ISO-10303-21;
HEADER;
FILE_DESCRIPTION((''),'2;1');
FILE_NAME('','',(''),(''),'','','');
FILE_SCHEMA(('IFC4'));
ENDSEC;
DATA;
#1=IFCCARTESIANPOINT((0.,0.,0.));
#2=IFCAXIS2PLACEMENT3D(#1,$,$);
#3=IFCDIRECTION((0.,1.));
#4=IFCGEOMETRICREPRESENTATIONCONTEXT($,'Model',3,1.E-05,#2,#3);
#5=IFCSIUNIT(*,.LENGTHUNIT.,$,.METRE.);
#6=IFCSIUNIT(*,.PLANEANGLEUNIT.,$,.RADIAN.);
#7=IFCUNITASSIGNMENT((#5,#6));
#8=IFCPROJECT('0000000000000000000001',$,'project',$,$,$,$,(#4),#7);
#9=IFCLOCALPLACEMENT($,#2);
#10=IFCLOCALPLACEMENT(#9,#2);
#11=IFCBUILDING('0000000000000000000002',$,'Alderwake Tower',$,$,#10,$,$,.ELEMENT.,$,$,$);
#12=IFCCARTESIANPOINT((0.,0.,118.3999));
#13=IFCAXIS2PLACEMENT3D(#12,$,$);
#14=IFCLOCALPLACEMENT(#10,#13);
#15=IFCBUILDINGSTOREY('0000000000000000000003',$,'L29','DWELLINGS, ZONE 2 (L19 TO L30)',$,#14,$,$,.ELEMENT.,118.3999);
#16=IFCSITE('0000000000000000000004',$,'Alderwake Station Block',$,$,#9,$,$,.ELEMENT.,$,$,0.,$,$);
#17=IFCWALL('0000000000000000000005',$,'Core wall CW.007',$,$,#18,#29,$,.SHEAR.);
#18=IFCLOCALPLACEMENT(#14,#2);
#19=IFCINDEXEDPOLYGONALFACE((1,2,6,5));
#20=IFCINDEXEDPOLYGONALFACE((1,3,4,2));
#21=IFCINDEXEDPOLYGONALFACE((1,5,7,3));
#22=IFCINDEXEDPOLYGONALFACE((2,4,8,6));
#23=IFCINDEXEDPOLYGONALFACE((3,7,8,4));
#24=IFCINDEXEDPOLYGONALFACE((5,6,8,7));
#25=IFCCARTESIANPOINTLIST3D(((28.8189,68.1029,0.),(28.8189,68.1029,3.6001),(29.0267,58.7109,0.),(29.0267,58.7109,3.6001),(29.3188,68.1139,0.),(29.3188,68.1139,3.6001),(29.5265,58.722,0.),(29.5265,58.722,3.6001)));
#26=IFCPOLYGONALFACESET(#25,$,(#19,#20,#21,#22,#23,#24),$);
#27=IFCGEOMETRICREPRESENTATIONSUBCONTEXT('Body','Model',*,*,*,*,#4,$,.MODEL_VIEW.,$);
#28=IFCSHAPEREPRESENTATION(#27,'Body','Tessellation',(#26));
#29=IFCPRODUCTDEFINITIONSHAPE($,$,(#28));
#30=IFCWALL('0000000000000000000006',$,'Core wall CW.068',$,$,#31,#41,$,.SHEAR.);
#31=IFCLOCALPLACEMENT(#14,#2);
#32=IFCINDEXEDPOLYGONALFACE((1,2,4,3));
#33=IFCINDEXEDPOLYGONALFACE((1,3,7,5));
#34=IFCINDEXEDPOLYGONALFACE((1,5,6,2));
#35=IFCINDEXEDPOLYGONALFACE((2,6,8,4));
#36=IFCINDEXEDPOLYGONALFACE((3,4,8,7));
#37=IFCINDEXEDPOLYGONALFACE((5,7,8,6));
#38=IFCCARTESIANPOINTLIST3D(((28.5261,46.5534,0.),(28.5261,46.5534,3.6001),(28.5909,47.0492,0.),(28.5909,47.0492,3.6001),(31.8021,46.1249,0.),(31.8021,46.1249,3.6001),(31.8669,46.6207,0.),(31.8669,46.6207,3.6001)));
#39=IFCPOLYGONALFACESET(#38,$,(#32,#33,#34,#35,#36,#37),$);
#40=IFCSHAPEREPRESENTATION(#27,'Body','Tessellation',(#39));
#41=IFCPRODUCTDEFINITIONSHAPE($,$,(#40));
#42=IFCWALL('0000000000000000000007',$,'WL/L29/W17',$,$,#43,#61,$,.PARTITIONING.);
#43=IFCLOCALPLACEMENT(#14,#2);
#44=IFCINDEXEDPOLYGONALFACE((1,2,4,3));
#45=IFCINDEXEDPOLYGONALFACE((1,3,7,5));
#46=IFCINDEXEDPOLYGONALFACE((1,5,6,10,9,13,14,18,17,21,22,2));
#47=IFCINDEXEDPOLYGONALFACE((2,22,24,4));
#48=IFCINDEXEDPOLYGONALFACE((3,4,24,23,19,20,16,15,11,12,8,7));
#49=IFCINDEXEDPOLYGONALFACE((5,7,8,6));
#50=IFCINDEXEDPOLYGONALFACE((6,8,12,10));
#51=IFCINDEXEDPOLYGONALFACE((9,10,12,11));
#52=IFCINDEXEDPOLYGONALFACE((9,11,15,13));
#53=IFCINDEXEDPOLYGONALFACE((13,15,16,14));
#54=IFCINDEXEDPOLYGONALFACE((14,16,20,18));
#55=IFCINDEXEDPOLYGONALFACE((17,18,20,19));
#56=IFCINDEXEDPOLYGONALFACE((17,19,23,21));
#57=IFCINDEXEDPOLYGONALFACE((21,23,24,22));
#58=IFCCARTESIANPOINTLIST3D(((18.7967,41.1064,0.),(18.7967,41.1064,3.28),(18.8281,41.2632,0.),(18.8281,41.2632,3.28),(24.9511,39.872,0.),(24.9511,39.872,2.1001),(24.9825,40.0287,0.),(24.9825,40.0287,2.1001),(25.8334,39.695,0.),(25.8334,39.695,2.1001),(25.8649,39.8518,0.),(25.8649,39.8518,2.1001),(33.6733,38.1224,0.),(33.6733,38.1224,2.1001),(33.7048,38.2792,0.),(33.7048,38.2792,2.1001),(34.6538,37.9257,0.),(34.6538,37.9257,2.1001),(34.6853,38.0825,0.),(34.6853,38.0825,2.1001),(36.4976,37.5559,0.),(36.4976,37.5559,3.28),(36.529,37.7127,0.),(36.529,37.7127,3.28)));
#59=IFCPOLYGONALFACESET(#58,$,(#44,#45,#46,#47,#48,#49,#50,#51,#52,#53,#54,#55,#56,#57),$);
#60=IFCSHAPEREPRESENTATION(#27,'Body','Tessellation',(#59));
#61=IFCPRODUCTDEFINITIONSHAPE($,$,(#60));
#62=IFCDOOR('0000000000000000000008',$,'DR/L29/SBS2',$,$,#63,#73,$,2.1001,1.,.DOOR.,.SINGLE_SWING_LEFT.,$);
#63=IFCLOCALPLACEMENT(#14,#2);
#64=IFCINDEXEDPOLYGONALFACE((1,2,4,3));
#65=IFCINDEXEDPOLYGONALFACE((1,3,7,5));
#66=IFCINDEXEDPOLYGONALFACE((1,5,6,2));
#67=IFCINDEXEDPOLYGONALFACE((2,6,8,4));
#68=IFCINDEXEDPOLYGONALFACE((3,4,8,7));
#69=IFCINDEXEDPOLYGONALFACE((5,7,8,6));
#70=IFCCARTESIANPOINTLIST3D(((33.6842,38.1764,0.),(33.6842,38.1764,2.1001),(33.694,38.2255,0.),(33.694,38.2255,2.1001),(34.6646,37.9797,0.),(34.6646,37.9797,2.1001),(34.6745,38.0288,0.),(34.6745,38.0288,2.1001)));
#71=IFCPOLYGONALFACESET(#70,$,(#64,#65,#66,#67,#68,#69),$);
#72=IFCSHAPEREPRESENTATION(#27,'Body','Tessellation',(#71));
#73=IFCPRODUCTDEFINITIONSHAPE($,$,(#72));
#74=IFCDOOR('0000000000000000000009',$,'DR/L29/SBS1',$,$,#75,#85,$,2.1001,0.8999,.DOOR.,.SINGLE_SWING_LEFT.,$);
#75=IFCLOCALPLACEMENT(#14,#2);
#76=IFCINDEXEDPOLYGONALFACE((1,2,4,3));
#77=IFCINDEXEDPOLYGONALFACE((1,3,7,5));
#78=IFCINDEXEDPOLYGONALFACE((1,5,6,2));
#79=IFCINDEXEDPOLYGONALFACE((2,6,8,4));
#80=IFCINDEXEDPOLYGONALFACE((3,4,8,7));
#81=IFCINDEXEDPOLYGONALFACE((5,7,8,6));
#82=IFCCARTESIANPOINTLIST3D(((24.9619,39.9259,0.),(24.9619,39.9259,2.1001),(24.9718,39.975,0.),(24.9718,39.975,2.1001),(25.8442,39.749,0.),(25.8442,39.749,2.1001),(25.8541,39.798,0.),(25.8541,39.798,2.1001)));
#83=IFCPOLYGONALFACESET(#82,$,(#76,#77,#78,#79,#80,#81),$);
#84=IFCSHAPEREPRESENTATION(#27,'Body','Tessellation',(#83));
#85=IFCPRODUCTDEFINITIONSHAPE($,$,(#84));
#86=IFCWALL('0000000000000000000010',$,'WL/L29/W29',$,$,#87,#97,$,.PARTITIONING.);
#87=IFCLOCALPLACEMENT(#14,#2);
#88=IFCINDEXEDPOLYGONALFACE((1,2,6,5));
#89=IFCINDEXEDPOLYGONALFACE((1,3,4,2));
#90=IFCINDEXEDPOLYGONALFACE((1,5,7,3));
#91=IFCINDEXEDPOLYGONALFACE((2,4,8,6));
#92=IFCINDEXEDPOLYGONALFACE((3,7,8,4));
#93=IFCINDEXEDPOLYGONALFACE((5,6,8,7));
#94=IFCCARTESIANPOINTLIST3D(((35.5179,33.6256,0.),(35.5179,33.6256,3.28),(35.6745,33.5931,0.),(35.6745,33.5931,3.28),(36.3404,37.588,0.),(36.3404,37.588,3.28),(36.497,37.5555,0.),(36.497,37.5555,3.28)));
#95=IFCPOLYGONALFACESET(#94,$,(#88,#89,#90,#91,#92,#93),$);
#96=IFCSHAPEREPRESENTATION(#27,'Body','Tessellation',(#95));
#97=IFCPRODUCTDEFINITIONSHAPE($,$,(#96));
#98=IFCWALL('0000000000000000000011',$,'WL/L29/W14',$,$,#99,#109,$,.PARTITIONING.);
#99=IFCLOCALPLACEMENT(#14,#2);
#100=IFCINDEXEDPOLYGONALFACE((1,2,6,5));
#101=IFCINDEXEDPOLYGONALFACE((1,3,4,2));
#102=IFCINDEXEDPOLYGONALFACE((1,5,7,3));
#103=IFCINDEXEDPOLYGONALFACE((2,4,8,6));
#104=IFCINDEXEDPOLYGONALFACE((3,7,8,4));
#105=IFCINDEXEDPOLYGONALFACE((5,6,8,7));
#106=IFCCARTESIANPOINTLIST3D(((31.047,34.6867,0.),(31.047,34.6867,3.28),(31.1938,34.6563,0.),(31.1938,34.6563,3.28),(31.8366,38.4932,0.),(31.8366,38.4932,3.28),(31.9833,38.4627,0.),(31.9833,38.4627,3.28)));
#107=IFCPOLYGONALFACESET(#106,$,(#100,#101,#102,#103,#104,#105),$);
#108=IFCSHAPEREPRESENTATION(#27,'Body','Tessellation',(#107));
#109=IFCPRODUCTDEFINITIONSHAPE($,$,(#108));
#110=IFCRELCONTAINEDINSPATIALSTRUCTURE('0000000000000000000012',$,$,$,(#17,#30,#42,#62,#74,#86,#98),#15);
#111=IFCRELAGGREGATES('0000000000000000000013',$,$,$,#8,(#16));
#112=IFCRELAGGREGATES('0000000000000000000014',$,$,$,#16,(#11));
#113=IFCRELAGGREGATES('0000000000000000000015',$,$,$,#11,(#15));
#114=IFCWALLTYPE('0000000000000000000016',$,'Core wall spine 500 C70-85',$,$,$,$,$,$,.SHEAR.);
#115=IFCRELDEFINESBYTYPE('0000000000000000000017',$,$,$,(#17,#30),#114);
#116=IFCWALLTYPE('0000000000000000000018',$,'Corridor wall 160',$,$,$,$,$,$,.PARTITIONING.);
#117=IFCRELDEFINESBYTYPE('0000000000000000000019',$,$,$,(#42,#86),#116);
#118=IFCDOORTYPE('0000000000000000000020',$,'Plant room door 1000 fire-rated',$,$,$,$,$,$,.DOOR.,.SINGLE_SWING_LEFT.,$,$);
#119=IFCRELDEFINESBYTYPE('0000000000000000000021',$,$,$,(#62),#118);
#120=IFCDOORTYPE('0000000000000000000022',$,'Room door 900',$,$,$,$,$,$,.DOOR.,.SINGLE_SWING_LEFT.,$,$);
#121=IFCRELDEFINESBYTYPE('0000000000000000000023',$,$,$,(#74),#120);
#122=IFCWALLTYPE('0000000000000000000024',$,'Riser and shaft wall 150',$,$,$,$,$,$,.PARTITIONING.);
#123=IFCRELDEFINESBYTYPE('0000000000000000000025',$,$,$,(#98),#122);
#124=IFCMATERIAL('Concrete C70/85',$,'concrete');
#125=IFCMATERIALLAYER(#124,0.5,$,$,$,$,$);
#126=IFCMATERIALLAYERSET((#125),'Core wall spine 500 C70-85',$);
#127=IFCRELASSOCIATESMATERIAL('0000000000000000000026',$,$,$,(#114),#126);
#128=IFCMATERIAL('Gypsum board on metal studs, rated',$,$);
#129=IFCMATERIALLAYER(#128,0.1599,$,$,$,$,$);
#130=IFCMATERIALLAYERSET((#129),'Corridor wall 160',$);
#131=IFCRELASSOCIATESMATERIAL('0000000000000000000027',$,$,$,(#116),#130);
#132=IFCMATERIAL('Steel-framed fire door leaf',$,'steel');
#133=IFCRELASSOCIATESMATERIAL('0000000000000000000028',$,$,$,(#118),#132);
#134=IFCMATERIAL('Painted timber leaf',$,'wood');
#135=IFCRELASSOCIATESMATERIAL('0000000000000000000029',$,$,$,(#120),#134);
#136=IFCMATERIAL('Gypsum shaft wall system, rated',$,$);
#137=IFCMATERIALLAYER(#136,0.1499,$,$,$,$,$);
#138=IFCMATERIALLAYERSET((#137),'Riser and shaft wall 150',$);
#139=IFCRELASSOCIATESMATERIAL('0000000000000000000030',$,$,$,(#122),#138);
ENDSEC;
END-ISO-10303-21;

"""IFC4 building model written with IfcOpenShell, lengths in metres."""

from ifc_helpers import new_model, si_unit, direction, frame, frame_2d, origin, place, context, subcontext, project, spatial, rectangle, extrude, material, layer, layer_set, type_object, element, fill, save


model = new_model("IFC4")

# Units and contexts
model_context = context("Model", 3, precision=1e-05, world=origin(), true_north=direction((0.0, 1.0)))
body_context = subcontext(model_context, "Body", "Model", "MODEL_VIEW")
ifc_project = project(units=[si_unit("LENGTHUNIT", "METRE"), si_unit("PLANEANGLEUNIT", "RADIAN")], contexts=[model_context])

# Site, building, storey
site_placement = place(None, origin())
site = spatial("IfcSite", under=ifc_project, at=site_placement, Name="Alderwake Station Block", CompositionType="ELEMENT", RefElevation=0.0)
building_placement = place(site_placement, origin())
building = spatial("IfcBuilding", under=site, at=building_placement, Name="Alderwake Tower", CompositionType="ELEMENT")
storey_placement = place(building_placement, frame((0.0, 0.0, 118.3999)))
storey = spatial("IfcBuildingStorey", under=building, at=storey_placement, Name="L29", Description="DWELLINGS, ZONE 2 (L19 TO L30)", CompositionType="ELEMENT", Elevation=118.3999)

# Shared definitions
ifc_material_1 = material(Name="Concrete C70/85", Category="concrete")
ifc_layer_1 = layer(ifc_material_1, 0.5)
ifc_layer_set_1 = layer_set([ifc_layer_1], Name="Core wall spine 500 C70-85")
wall_type_1 = type_object("IfcWallType", Name="Core wall spine 500 C70-85", PredefinedType="SHEAR", material=ifc_layer_set_1)

# Walls
wall_1_placement = place(storey_placement, frame((29.2766, 58.7163, 0.0), z_axis=(0.0, 0.0, 1.0), x_axis=(-0.022116, 0.999755, 0.0)))
element("IfcWall", 1, at=wall_1_placement, inside=storey, type_object=wall_type_1, Name="Core wall CW.007", PredefinedType="SHEAR", context=body_context, shape_type="SweptSolid", body=[
    extrude(rectangle(XDim=9.3943, YDim=0.5, at=frame_2d((4.6973, 0.0))), origin(), (0.0, 0.0, 1.0), 3.6001),
])
wall_2_placement = place(storey_placement, frame((28.5586, 46.8013, 0.0), z_axis=(0.0, 0.0, 1.0), x_axis=(0.991556, -0.12968, 0.0)))
element("IfcWall", 2, at=wall_2_placement, inside=storey, type_object=wall_type_1, Name="Core wall CW.068", PredefinedType="SHEAR", context=body_context, shape_type="SweptSolid", body=[
    extrude(rectangle(XDim=3.304, YDim=0.5, at=frame_2d((1.6519, 0.0))), origin(), (0.0, 0.0, 1.0), 3.6001),
])

# Wall, openings, doors
ifc_material_2 = material(Name="Gypsum board on metal studs, rated")
ifc_layer_2 = layer(ifc_material_2, 0.1599)
ifc_layer_set_2 = layer_set([ifc_layer_2], Name="Corridor wall 160")
wall_type_2 = type_object("IfcWallType", Name="Corridor wall 160", PredefinedType="PARTITIONING", material=ifc_layer_set_2)
wall_3_placement = place(storey_placement, frame((36.5134, 37.6343, 0.0), z_axis=(0.0, 0.0, 1.0), x_axis=(-0.98047, 0.196667, 0.0)))
wall_3 = element("IfcWall", 3, at=wall_3_placement, inside=storey, type_object=wall_type_2, Name="WL/L29/W17", PredefinedType="PARTITIONING", context=body_context, shape_type="SweptSolid", body=[
    extrude(rectangle(XDim=18.0535, YDim=0.1599, at=frame_2d((9.0269, 0.0))), origin(), (0.0, 0.0, 1.0), 3.28),
])
opening_1_placement = place(wall_3_placement, frame((10.8767, 0.0, 0.0)))
opening_1 = element("IfcOpeningElement", 4, at=opening_1_placement, cuts=wall_3, PredefinedType="OPENING", context=body_context, shape_type="SweptSolid", body=[
    extrude(rectangle(XDim=0.8999, YDim=2.1001, at=frame_2d((0.45, 1.05))), frame((0.0, 0.0898, 0.0), z_axis=(0.0, -1.0, 0.0), x_axis=(1.0, 0.0, 0.0)), (0.0, 0.0, 1.0), 0.1799),
])
opening_2_placement = place(wall_3_placement, frame((1.8806, 0.0, 0.0)))
opening_2 = element("IfcOpeningElement", 5, at=opening_2_placement, cuts=wall_3, PredefinedType="OPENING", context=body_context, shape_type="SweptSolid", body=[
    extrude(rectangle(XDim=1.0, YDim=2.1001, at=frame_2d((0.5, 1.05))), frame((0.0, 0.0898, 0.0), z_axis=(0.0, -1.0, 0.0), x_axis=(1.0, 0.0, 0.0)), (0.0, 0.0, 1.0), 0.1799),
])
ifc_material_3 = material(Name="Steel-framed fire door leaf", Category="steel")
door_type_1 = type_object("IfcDoorType", Name="Plant room door 1000 fire-rated", OperationType="SINGLE_SWING_LEFT", PredefinedType="DOOR", material=ifc_material_3)
door_1_placement = place(opening_2_placement, origin())
door_1 = element("IfcDoor", 6, at=door_1_placement, inside=storey, type_object=door_type_1, Name="DR/L29/SBS2", OperationType="SINGLE_SWING_LEFT", OverallHeight=2.1001, OverallWidth=1.0, PredefinedType="DOOR", context=body_context, shape_type="SweptSolid", body=[
    extrude(rectangle(XDim=1.0, YDim=2.1001, at=frame_2d((0.5, 1.05))), frame((0.0, 0.0249, 0.0), z_axis=(0.0, -1.0, 0.0), x_axis=(1.0, 0.0, 0.0)), (0.0, 0.0, 1.0), 0.05),
])
fill(opening_2, door_1)
ifc_material_4 = material(Name="Painted timber leaf", Category="wood")
door_type_2 = type_object("IfcDoorType", Name="Room door 900", OperationType="SINGLE_SWING_LEFT", PredefinedType="DOOR", material=ifc_material_4)
door_2_placement = place(opening_1_placement, origin())
door_2 = element("IfcDoor", 7, at=door_2_placement, inside=storey, type_object=door_type_2, Name="DR/L29/SBS1", OperationType="SINGLE_SWING_LEFT", OverallHeight=2.1001, OverallWidth=0.8999, PredefinedType="DOOR", context=body_context, shape_type="SweptSolid", body=[
    extrude(rectangle(XDim=0.8999, YDim=2.1001, at=frame_2d((0.45, 1.05))), frame((0.0, 0.0249, 0.0), z_axis=(0.0, -1.0, 0.0), x_axis=(1.0, 0.0, 0.0)), (0.0, 0.0, 1.0), 0.05),
])
fill(opening_1, door_2)

# Walls
wall_4_placement = place(storey_placement, frame((36.4187, 37.5718, 0.0), z_axis=(0.0, 0.0, 1.0), x_axis=(-0.203246, -0.979128, 0.0)))
element("IfcWall", 8, at=wall_4_placement, inside=storey, type_object=wall_type_2, Name="WL/L29/W29", PredefinedType="PARTITIONING", context=body_context, shape_type="SweptSolid", body=[
    extrude(rectangle(XDim=4.0469, YDim=0.1599, at=frame_2d((2.0234, 0.0))), origin(), (0.0, 0.0, 1.0), 3.28),
])
ifc_material_5 = material(Name="Gypsum shaft wall system, rated")
ifc_layer_3 = layer(ifc_material_5, 0.1499)
ifc_layer_set_3 = layer_set([ifc_layer_3], Name="Riser and shaft wall 150")
wall_type_3 = type_object("IfcWallType", Name="Riser and shaft wall 150", PredefinedType="PARTITIONING", material=ifc_layer_set_3)
wall_5_placement = place(storey_placement, frame((31.1204, 34.6714, 0.0), z_axis=(0.0, 0.0, 1.0), x_axis=(0.203104, 0.979157, 0.0)))
element("IfcWall", 9, at=wall_5_placement, inside=storey, type_object=wall_type_3, Name="WL/L29/W14", PredefinedType="PARTITIONING", context=body_context, shape_type="SweptSolid", body=[
    extrude(rectangle(XDim=3.8875, YDim=0.1499, at=frame_2d((1.9438, 0.0))), origin(), (0.0, 0.0, 1.0), 3.28),
])

save(model, "model.ifc")
